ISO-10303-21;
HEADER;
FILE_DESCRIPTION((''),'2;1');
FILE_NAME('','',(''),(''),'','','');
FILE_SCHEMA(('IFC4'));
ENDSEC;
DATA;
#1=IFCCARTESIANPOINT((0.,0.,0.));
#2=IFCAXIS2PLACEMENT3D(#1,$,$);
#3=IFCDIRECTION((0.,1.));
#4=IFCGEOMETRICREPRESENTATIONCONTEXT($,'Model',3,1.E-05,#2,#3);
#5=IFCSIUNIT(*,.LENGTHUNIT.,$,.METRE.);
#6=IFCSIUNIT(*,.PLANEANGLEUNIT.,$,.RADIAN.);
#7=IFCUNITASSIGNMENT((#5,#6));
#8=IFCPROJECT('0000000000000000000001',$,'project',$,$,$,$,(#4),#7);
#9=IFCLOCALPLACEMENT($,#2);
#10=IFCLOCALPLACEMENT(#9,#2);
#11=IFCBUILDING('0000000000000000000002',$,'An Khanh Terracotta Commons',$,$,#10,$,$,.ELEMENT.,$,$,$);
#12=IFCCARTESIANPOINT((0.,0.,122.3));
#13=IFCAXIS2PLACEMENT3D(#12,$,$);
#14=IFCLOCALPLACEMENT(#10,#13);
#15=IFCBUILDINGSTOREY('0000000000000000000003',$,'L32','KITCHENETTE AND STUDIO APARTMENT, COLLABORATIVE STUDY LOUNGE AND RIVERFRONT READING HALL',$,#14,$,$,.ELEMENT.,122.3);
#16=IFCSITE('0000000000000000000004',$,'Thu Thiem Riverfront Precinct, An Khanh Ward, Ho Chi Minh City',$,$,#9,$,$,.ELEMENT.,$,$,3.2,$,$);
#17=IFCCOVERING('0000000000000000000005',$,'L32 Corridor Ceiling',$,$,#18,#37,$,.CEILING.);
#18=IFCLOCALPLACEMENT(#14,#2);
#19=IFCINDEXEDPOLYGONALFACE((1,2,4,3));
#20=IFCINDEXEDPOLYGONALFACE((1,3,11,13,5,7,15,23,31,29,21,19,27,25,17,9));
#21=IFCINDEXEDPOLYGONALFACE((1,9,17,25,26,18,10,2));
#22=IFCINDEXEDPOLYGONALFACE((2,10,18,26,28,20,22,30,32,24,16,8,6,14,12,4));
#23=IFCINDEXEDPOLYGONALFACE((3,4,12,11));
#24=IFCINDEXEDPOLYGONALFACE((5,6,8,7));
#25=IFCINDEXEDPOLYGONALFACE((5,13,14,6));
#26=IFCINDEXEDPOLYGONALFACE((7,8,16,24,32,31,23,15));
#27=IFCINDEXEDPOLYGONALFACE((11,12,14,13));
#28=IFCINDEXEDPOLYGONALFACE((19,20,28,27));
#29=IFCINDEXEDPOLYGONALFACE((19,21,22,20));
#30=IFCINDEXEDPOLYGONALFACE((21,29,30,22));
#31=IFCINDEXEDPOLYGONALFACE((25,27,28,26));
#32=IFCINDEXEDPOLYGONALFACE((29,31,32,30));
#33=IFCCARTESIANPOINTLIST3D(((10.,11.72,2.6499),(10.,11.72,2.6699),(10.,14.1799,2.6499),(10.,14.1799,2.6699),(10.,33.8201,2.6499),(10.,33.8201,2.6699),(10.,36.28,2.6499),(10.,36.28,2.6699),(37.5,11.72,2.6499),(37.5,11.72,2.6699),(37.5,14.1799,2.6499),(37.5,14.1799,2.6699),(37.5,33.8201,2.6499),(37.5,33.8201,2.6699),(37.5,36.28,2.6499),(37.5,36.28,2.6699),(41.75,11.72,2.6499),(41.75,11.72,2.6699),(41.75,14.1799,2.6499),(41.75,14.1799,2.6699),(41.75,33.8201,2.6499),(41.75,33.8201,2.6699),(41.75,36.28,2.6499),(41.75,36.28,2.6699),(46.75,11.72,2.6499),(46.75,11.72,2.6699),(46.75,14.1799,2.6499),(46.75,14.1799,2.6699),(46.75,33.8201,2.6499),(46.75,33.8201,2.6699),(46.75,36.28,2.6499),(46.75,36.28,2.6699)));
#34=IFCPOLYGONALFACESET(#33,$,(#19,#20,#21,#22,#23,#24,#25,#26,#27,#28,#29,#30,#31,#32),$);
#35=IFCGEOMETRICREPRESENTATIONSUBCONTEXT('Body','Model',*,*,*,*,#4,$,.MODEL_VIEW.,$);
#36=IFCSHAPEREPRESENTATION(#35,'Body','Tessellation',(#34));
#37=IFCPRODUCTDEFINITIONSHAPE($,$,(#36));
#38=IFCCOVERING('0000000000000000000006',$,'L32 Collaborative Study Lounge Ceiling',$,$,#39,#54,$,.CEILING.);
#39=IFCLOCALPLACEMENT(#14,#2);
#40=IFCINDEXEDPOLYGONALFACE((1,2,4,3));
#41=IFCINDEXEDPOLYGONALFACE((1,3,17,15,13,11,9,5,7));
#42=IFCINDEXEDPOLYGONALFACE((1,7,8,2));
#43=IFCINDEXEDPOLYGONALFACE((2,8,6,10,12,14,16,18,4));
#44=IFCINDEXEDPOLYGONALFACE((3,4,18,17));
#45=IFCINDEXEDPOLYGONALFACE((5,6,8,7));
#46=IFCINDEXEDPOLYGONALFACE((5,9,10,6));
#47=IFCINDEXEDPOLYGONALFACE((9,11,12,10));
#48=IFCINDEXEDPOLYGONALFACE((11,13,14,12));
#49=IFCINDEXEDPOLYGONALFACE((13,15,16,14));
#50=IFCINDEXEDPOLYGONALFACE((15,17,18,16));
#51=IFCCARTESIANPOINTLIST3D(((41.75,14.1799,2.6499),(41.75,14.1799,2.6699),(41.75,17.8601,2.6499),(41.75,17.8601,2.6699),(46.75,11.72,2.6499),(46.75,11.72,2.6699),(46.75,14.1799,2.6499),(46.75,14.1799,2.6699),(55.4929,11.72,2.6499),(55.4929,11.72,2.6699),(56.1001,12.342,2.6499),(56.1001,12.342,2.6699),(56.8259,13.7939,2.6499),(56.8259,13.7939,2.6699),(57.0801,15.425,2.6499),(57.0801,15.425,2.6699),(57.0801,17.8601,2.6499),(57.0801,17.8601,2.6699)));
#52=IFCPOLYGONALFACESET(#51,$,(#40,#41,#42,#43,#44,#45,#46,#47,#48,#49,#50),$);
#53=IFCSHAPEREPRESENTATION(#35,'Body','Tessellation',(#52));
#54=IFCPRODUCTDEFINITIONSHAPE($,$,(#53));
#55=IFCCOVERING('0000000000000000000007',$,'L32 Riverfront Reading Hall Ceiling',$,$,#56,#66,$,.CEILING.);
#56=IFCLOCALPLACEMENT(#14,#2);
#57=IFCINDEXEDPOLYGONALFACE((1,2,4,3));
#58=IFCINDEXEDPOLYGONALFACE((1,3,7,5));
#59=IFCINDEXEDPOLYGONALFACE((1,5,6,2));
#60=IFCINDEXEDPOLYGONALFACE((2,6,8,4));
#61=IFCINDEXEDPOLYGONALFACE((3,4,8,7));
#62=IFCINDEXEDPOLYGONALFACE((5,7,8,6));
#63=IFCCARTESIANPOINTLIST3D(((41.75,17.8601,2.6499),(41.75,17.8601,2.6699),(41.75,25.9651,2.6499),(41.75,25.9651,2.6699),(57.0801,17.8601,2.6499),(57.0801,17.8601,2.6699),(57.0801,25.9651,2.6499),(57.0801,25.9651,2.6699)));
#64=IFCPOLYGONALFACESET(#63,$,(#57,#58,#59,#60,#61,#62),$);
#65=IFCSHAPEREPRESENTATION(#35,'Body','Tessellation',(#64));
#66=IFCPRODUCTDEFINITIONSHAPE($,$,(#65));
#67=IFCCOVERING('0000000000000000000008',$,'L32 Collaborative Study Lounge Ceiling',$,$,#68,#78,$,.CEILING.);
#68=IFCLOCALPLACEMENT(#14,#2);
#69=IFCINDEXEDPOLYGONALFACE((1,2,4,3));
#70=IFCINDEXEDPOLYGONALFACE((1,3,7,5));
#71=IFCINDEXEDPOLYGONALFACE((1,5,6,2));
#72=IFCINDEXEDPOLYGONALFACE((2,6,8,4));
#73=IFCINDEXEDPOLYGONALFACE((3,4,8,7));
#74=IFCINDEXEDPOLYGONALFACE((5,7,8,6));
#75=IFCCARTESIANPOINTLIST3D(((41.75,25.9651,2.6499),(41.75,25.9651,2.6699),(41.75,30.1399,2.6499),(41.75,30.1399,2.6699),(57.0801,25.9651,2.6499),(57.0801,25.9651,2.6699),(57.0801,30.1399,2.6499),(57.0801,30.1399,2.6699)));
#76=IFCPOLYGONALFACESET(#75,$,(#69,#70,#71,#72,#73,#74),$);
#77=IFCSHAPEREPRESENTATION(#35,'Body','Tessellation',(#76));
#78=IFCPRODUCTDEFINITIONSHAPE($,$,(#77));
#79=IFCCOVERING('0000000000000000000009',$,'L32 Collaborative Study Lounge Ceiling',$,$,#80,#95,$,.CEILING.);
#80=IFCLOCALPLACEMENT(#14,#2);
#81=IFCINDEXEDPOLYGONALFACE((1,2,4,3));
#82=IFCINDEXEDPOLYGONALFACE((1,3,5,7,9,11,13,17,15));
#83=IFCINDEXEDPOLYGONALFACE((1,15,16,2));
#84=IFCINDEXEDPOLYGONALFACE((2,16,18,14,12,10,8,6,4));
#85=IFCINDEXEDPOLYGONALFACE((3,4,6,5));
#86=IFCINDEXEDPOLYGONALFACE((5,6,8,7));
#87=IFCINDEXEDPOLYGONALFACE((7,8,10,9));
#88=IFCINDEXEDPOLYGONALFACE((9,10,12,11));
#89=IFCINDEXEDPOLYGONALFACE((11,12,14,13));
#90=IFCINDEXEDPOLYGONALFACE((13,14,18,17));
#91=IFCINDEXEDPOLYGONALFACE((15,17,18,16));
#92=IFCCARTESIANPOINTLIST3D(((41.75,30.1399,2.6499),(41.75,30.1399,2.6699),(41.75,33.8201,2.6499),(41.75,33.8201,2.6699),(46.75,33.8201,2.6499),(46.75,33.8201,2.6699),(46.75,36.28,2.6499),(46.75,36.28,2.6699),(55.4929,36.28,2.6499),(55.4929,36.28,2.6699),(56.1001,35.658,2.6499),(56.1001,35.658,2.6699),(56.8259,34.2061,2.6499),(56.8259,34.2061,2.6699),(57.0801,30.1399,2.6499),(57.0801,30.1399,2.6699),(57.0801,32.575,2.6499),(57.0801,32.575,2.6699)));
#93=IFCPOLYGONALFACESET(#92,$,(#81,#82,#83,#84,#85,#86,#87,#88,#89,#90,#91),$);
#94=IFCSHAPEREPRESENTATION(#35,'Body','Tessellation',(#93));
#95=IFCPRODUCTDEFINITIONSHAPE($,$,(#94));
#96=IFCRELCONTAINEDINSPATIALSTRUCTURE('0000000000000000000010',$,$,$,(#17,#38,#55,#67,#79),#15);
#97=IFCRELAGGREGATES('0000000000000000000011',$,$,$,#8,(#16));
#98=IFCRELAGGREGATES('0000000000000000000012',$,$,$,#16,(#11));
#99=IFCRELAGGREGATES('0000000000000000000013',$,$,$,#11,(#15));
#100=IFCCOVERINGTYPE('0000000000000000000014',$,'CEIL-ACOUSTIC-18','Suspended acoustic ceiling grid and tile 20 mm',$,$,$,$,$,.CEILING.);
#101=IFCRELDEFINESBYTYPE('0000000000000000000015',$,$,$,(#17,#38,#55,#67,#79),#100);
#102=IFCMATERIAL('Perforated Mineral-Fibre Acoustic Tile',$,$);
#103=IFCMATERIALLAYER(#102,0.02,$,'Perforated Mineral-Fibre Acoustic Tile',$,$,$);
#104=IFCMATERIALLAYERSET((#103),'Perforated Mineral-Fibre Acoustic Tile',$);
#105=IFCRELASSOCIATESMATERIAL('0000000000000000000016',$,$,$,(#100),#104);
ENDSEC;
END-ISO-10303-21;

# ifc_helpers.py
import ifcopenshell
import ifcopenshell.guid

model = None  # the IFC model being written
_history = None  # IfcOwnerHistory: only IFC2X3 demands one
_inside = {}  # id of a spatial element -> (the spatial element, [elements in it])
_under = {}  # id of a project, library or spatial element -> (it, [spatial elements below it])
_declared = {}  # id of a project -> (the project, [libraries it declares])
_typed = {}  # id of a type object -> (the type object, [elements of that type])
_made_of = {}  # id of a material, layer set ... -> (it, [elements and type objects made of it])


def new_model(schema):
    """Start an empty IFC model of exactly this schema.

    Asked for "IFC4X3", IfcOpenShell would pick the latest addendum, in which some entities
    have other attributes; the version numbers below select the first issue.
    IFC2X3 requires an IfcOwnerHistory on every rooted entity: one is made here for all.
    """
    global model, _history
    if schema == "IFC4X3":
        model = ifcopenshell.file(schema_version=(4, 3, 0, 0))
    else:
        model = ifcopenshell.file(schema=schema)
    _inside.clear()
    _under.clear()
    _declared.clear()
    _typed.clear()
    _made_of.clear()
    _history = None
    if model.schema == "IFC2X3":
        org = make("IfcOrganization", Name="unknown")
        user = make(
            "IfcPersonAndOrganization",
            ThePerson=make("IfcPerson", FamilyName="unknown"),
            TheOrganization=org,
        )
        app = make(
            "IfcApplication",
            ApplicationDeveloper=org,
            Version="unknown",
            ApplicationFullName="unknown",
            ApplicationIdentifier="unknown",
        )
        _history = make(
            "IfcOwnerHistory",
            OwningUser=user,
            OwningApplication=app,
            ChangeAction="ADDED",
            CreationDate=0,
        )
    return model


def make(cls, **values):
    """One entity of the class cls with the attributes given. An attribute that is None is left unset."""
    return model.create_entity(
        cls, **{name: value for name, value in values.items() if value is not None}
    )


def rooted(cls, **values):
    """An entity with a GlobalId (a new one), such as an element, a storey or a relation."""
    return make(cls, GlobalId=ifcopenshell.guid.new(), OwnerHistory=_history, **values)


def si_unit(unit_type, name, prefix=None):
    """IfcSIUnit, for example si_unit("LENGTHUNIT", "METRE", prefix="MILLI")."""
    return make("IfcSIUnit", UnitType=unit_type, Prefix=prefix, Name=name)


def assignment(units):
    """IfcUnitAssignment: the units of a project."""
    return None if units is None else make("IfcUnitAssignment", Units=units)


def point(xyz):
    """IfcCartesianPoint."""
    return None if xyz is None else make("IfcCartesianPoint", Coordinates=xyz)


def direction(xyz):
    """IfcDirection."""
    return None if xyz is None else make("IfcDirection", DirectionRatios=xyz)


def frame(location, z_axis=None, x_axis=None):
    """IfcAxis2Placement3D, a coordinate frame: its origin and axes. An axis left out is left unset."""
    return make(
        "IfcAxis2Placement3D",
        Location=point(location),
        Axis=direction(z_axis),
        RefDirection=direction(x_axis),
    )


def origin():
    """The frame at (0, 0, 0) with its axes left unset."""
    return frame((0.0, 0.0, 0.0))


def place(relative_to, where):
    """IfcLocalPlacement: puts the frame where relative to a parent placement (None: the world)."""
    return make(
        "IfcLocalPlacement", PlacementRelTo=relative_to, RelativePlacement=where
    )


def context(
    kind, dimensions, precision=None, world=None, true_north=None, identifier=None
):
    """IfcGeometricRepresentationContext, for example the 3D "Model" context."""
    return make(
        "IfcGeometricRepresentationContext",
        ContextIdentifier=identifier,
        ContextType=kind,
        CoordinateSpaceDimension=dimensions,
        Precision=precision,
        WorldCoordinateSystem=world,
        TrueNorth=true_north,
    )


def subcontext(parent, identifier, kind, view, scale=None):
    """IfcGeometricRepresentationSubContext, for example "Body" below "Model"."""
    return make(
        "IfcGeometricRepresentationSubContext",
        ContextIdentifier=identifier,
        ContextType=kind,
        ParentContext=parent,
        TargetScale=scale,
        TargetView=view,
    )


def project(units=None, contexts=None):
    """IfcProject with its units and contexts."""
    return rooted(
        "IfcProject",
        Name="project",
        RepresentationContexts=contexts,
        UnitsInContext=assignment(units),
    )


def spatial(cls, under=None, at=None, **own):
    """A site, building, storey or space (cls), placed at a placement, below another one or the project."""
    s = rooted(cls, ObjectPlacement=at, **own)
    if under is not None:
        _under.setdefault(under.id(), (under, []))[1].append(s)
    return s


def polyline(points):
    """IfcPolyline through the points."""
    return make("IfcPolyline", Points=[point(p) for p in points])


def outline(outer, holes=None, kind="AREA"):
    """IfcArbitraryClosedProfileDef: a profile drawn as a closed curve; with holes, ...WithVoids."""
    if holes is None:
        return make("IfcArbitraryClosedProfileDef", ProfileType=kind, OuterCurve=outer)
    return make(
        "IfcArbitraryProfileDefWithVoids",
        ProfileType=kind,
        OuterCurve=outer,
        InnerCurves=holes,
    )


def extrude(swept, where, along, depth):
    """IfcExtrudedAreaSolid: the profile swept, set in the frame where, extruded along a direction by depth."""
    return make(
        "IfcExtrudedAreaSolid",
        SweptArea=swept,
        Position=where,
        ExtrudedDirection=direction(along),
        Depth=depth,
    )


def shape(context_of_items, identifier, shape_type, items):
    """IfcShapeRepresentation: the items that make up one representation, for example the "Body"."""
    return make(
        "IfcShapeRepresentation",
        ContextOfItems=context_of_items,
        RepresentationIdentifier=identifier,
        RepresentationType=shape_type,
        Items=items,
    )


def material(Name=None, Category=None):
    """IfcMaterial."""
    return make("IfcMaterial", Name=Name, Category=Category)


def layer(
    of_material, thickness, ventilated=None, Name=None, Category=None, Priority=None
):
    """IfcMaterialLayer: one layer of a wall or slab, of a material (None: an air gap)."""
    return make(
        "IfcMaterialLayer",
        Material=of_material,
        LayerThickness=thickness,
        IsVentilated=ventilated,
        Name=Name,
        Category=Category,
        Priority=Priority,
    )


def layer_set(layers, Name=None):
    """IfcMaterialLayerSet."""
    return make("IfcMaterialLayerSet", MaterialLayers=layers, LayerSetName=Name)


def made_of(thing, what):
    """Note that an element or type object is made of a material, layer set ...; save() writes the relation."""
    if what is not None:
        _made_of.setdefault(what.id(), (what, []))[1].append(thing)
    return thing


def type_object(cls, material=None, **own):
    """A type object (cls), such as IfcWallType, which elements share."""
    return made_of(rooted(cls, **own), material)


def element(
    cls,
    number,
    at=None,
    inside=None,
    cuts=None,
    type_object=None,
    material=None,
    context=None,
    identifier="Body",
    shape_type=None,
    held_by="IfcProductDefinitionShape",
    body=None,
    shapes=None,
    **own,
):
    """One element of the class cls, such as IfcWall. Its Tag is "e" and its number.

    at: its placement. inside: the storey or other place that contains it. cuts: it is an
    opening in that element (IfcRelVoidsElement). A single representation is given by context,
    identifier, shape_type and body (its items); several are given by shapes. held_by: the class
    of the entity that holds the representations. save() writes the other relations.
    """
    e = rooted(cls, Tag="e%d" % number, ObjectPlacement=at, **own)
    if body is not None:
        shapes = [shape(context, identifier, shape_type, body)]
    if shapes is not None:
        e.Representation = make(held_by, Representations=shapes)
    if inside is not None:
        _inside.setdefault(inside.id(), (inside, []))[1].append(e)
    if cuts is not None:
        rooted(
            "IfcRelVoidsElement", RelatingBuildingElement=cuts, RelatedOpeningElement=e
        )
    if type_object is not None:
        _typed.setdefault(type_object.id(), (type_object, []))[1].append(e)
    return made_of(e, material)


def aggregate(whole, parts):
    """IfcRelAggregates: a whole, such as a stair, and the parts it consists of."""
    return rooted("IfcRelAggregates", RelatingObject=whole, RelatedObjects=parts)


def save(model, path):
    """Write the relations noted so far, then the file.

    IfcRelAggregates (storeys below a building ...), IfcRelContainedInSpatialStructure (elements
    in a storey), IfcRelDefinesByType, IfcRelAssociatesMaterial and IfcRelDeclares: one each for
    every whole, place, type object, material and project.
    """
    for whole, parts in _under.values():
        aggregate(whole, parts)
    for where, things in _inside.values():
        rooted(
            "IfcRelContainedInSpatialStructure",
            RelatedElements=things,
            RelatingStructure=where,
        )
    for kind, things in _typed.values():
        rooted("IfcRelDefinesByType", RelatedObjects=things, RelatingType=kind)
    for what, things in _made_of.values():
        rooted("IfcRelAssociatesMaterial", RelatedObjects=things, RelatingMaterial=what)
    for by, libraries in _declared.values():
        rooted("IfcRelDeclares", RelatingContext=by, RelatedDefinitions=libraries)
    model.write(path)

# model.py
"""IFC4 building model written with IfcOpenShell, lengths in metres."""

from ifc_helpers import new_model, si_unit, direction, frame, origin, place, context, subcontext, project, spatial, polyline, outline, extrude, material, layer, layer_set, type_object, element, save


model = new_model("IFC4")

# Units and contexts
model_context = context("Model", 3, precision=1e-05, world=origin(), true_north=direction((0.0, 1.0)))
body_context = subcontext(model_context, "Body", "Model", "MODEL_VIEW")
ifc_project = project(units=[si_unit("LENGTHUNIT", "METRE"), si_unit("PLANEANGLEUNIT", "RADIAN")], contexts=[model_context])

# Site, building, storey
site_placement = place(None, origin())
site = spatial("IfcSite", under=ifc_project, at=site_placement, Name="Thu Thiem Riverfront Precinct, An Khanh Ward, Ho Chi Minh City", CompositionType="ELEMENT", RefElevation=3.2)
building_placement = place(site_placement, origin())
building = spatial("IfcBuilding", under=site, at=building_placement, Name="An Khanh Terracotta Commons", CompositionType="ELEMENT")
storey_placement = place(building_placement, frame((0.0, 0.0, 122.3)))
storey = spatial("IfcBuildingStorey", under=building, at=storey_placement, Name="L32", Description="KITCHENETTE AND STUDIO APARTMENT, COLLABORATIVE STUDY LOUNGE AND RIVERFRONT READING HALL", CompositionType="ELEMENT", Elevation=122.3)

# Coverings
ifc_material_1 = material(Name="Perforated Mineral-Fibre Acoustic Tile")
ifc_layer_1 = layer(ifc_material_1, 0.02, Name="Perforated Mineral-Fibre Acoustic Tile")
ifc_layer_set_1 = layer_set([ifc_layer_1], Name="Perforated Mineral-Fibre Acoustic Tile")
covering_type = type_object("IfcCoveringType", Name="CEIL-ACOUSTIC-18", Description="Suspended acoustic ceiling grid and tile 20 mm", PredefinedType="CEILING", material=ifc_layer_set_1)
covering_1_placement = place(storey_placement, frame((0.0, 0.0, 2.6499)))
element("IfcCovering", 1, at=covering_1_placement, inside=storey, type_object=covering_type, Name="L32 Corridor Ceiling", PredefinedType="CEILING", context=body_context, shape_type="SweptSolid", body=[
    extrude(outline(polyline([(37.5, 14.1799), (37.5, 33.8201), (10.0, 33.8201), (10.0, 36.28), (37.5, 36.28), (41.75, 36.28), (46.75, 36.28), (46.75, 33.8201), (41.75, 33.8201), (41.75, 14.1799), (46.75, 14.1799), (46.75, 11.72), (41.75, 11.72), (37.5, 11.72), (10.0, 11.72), (10.0, 14.1799), (37.5, 14.1799)])), origin(), (0.0, 0.0, 1.0), 0.02),
])
covering_2_placement = place(storey_placement, frame((0.0, 0.0, 2.6499)))
element("IfcCovering", 2, at=covering_2_placement, inside=storey, type_object=covering_type, Name="L32 Collaborative Study Lounge Ceiling", PredefinedType="CEILING", context=body_context, shape_type="SweptSolid", body=[
    extrude(outline(polyline([(57.0801, 15.425), (56.8259, 13.7939), (56.1001, 12.342), (55.4929, 11.72), (46.75, 11.72), (46.75, 14.1799), (41.75, 14.1799), (41.75, 17.8601), (57.0801, 17.8601), (57.0801, 15.425)])), origin(), (0.0, 0.0, 1.0), 0.02),
])
covering_3_placement = place(storey_placement, frame((0.0, 0.0, 2.6499)))
element("IfcCovering", 3, at=covering_3_placement, inside=storey, type_object=covering_type, Name="L32 Riverfront Reading Hall Ceiling", PredefinedType="CEILING", context=body_context, shape_type="SweptSolid", body=[
    extrude(outline(polyline([(57.0801, 17.8601), (41.75, 17.8601), (41.75, 25.9651), (57.0801, 25.9651), (57.0801, 17.8601)])), origin(), (0.0, 0.0, 1.0), 0.02),
])
covering_4_placement = place(storey_placement, frame((0.0, 0.0, 2.6499)))
element("IfcCovering", 4, at=covering_4_placement, inside=storey, type_object=covering_type, Name="L32 Collaborative Study Lounge Ceiling", PredefinedType="CEILING", context=body_context, shape_type="SweptSolid", body=[
    extrude(outline(polyline([(57.0801, 25.9651), (41.75, 25.9651), (41.75, 30.1399), (57.0801, 30.1399), (57.0801, 25.9651)])), origin(), (0.0, 0.0, 1.0), 0.02),
])
covering_5_placement = place(storey_placement, frame((0.0, 0.0, 2.6499)))
element("IfcCovering", 5, at=covering_5_placement, inside=storey, type_object=covering_type, Name="L32 Collaborative Study Lounge Ceiling", PredefinedType="CEILING", context=body_context, shape_type="SweptSolid", body=[
    extrude(outline(polyline([(56.1001, 35.658), (56.8259, 34.2061), (57.0801, 32.575), (57.0801, 30.1399), (41.75, 30.1399), (41.75, 33.8201), (46.75, 33.8201), (46.75, 36.28), (55.4929, 36.28), (56.1001, 35.658)])), origin(), (0.0, 0.0, 1.0), 0.02),
])

save(model, "model.ifc")
